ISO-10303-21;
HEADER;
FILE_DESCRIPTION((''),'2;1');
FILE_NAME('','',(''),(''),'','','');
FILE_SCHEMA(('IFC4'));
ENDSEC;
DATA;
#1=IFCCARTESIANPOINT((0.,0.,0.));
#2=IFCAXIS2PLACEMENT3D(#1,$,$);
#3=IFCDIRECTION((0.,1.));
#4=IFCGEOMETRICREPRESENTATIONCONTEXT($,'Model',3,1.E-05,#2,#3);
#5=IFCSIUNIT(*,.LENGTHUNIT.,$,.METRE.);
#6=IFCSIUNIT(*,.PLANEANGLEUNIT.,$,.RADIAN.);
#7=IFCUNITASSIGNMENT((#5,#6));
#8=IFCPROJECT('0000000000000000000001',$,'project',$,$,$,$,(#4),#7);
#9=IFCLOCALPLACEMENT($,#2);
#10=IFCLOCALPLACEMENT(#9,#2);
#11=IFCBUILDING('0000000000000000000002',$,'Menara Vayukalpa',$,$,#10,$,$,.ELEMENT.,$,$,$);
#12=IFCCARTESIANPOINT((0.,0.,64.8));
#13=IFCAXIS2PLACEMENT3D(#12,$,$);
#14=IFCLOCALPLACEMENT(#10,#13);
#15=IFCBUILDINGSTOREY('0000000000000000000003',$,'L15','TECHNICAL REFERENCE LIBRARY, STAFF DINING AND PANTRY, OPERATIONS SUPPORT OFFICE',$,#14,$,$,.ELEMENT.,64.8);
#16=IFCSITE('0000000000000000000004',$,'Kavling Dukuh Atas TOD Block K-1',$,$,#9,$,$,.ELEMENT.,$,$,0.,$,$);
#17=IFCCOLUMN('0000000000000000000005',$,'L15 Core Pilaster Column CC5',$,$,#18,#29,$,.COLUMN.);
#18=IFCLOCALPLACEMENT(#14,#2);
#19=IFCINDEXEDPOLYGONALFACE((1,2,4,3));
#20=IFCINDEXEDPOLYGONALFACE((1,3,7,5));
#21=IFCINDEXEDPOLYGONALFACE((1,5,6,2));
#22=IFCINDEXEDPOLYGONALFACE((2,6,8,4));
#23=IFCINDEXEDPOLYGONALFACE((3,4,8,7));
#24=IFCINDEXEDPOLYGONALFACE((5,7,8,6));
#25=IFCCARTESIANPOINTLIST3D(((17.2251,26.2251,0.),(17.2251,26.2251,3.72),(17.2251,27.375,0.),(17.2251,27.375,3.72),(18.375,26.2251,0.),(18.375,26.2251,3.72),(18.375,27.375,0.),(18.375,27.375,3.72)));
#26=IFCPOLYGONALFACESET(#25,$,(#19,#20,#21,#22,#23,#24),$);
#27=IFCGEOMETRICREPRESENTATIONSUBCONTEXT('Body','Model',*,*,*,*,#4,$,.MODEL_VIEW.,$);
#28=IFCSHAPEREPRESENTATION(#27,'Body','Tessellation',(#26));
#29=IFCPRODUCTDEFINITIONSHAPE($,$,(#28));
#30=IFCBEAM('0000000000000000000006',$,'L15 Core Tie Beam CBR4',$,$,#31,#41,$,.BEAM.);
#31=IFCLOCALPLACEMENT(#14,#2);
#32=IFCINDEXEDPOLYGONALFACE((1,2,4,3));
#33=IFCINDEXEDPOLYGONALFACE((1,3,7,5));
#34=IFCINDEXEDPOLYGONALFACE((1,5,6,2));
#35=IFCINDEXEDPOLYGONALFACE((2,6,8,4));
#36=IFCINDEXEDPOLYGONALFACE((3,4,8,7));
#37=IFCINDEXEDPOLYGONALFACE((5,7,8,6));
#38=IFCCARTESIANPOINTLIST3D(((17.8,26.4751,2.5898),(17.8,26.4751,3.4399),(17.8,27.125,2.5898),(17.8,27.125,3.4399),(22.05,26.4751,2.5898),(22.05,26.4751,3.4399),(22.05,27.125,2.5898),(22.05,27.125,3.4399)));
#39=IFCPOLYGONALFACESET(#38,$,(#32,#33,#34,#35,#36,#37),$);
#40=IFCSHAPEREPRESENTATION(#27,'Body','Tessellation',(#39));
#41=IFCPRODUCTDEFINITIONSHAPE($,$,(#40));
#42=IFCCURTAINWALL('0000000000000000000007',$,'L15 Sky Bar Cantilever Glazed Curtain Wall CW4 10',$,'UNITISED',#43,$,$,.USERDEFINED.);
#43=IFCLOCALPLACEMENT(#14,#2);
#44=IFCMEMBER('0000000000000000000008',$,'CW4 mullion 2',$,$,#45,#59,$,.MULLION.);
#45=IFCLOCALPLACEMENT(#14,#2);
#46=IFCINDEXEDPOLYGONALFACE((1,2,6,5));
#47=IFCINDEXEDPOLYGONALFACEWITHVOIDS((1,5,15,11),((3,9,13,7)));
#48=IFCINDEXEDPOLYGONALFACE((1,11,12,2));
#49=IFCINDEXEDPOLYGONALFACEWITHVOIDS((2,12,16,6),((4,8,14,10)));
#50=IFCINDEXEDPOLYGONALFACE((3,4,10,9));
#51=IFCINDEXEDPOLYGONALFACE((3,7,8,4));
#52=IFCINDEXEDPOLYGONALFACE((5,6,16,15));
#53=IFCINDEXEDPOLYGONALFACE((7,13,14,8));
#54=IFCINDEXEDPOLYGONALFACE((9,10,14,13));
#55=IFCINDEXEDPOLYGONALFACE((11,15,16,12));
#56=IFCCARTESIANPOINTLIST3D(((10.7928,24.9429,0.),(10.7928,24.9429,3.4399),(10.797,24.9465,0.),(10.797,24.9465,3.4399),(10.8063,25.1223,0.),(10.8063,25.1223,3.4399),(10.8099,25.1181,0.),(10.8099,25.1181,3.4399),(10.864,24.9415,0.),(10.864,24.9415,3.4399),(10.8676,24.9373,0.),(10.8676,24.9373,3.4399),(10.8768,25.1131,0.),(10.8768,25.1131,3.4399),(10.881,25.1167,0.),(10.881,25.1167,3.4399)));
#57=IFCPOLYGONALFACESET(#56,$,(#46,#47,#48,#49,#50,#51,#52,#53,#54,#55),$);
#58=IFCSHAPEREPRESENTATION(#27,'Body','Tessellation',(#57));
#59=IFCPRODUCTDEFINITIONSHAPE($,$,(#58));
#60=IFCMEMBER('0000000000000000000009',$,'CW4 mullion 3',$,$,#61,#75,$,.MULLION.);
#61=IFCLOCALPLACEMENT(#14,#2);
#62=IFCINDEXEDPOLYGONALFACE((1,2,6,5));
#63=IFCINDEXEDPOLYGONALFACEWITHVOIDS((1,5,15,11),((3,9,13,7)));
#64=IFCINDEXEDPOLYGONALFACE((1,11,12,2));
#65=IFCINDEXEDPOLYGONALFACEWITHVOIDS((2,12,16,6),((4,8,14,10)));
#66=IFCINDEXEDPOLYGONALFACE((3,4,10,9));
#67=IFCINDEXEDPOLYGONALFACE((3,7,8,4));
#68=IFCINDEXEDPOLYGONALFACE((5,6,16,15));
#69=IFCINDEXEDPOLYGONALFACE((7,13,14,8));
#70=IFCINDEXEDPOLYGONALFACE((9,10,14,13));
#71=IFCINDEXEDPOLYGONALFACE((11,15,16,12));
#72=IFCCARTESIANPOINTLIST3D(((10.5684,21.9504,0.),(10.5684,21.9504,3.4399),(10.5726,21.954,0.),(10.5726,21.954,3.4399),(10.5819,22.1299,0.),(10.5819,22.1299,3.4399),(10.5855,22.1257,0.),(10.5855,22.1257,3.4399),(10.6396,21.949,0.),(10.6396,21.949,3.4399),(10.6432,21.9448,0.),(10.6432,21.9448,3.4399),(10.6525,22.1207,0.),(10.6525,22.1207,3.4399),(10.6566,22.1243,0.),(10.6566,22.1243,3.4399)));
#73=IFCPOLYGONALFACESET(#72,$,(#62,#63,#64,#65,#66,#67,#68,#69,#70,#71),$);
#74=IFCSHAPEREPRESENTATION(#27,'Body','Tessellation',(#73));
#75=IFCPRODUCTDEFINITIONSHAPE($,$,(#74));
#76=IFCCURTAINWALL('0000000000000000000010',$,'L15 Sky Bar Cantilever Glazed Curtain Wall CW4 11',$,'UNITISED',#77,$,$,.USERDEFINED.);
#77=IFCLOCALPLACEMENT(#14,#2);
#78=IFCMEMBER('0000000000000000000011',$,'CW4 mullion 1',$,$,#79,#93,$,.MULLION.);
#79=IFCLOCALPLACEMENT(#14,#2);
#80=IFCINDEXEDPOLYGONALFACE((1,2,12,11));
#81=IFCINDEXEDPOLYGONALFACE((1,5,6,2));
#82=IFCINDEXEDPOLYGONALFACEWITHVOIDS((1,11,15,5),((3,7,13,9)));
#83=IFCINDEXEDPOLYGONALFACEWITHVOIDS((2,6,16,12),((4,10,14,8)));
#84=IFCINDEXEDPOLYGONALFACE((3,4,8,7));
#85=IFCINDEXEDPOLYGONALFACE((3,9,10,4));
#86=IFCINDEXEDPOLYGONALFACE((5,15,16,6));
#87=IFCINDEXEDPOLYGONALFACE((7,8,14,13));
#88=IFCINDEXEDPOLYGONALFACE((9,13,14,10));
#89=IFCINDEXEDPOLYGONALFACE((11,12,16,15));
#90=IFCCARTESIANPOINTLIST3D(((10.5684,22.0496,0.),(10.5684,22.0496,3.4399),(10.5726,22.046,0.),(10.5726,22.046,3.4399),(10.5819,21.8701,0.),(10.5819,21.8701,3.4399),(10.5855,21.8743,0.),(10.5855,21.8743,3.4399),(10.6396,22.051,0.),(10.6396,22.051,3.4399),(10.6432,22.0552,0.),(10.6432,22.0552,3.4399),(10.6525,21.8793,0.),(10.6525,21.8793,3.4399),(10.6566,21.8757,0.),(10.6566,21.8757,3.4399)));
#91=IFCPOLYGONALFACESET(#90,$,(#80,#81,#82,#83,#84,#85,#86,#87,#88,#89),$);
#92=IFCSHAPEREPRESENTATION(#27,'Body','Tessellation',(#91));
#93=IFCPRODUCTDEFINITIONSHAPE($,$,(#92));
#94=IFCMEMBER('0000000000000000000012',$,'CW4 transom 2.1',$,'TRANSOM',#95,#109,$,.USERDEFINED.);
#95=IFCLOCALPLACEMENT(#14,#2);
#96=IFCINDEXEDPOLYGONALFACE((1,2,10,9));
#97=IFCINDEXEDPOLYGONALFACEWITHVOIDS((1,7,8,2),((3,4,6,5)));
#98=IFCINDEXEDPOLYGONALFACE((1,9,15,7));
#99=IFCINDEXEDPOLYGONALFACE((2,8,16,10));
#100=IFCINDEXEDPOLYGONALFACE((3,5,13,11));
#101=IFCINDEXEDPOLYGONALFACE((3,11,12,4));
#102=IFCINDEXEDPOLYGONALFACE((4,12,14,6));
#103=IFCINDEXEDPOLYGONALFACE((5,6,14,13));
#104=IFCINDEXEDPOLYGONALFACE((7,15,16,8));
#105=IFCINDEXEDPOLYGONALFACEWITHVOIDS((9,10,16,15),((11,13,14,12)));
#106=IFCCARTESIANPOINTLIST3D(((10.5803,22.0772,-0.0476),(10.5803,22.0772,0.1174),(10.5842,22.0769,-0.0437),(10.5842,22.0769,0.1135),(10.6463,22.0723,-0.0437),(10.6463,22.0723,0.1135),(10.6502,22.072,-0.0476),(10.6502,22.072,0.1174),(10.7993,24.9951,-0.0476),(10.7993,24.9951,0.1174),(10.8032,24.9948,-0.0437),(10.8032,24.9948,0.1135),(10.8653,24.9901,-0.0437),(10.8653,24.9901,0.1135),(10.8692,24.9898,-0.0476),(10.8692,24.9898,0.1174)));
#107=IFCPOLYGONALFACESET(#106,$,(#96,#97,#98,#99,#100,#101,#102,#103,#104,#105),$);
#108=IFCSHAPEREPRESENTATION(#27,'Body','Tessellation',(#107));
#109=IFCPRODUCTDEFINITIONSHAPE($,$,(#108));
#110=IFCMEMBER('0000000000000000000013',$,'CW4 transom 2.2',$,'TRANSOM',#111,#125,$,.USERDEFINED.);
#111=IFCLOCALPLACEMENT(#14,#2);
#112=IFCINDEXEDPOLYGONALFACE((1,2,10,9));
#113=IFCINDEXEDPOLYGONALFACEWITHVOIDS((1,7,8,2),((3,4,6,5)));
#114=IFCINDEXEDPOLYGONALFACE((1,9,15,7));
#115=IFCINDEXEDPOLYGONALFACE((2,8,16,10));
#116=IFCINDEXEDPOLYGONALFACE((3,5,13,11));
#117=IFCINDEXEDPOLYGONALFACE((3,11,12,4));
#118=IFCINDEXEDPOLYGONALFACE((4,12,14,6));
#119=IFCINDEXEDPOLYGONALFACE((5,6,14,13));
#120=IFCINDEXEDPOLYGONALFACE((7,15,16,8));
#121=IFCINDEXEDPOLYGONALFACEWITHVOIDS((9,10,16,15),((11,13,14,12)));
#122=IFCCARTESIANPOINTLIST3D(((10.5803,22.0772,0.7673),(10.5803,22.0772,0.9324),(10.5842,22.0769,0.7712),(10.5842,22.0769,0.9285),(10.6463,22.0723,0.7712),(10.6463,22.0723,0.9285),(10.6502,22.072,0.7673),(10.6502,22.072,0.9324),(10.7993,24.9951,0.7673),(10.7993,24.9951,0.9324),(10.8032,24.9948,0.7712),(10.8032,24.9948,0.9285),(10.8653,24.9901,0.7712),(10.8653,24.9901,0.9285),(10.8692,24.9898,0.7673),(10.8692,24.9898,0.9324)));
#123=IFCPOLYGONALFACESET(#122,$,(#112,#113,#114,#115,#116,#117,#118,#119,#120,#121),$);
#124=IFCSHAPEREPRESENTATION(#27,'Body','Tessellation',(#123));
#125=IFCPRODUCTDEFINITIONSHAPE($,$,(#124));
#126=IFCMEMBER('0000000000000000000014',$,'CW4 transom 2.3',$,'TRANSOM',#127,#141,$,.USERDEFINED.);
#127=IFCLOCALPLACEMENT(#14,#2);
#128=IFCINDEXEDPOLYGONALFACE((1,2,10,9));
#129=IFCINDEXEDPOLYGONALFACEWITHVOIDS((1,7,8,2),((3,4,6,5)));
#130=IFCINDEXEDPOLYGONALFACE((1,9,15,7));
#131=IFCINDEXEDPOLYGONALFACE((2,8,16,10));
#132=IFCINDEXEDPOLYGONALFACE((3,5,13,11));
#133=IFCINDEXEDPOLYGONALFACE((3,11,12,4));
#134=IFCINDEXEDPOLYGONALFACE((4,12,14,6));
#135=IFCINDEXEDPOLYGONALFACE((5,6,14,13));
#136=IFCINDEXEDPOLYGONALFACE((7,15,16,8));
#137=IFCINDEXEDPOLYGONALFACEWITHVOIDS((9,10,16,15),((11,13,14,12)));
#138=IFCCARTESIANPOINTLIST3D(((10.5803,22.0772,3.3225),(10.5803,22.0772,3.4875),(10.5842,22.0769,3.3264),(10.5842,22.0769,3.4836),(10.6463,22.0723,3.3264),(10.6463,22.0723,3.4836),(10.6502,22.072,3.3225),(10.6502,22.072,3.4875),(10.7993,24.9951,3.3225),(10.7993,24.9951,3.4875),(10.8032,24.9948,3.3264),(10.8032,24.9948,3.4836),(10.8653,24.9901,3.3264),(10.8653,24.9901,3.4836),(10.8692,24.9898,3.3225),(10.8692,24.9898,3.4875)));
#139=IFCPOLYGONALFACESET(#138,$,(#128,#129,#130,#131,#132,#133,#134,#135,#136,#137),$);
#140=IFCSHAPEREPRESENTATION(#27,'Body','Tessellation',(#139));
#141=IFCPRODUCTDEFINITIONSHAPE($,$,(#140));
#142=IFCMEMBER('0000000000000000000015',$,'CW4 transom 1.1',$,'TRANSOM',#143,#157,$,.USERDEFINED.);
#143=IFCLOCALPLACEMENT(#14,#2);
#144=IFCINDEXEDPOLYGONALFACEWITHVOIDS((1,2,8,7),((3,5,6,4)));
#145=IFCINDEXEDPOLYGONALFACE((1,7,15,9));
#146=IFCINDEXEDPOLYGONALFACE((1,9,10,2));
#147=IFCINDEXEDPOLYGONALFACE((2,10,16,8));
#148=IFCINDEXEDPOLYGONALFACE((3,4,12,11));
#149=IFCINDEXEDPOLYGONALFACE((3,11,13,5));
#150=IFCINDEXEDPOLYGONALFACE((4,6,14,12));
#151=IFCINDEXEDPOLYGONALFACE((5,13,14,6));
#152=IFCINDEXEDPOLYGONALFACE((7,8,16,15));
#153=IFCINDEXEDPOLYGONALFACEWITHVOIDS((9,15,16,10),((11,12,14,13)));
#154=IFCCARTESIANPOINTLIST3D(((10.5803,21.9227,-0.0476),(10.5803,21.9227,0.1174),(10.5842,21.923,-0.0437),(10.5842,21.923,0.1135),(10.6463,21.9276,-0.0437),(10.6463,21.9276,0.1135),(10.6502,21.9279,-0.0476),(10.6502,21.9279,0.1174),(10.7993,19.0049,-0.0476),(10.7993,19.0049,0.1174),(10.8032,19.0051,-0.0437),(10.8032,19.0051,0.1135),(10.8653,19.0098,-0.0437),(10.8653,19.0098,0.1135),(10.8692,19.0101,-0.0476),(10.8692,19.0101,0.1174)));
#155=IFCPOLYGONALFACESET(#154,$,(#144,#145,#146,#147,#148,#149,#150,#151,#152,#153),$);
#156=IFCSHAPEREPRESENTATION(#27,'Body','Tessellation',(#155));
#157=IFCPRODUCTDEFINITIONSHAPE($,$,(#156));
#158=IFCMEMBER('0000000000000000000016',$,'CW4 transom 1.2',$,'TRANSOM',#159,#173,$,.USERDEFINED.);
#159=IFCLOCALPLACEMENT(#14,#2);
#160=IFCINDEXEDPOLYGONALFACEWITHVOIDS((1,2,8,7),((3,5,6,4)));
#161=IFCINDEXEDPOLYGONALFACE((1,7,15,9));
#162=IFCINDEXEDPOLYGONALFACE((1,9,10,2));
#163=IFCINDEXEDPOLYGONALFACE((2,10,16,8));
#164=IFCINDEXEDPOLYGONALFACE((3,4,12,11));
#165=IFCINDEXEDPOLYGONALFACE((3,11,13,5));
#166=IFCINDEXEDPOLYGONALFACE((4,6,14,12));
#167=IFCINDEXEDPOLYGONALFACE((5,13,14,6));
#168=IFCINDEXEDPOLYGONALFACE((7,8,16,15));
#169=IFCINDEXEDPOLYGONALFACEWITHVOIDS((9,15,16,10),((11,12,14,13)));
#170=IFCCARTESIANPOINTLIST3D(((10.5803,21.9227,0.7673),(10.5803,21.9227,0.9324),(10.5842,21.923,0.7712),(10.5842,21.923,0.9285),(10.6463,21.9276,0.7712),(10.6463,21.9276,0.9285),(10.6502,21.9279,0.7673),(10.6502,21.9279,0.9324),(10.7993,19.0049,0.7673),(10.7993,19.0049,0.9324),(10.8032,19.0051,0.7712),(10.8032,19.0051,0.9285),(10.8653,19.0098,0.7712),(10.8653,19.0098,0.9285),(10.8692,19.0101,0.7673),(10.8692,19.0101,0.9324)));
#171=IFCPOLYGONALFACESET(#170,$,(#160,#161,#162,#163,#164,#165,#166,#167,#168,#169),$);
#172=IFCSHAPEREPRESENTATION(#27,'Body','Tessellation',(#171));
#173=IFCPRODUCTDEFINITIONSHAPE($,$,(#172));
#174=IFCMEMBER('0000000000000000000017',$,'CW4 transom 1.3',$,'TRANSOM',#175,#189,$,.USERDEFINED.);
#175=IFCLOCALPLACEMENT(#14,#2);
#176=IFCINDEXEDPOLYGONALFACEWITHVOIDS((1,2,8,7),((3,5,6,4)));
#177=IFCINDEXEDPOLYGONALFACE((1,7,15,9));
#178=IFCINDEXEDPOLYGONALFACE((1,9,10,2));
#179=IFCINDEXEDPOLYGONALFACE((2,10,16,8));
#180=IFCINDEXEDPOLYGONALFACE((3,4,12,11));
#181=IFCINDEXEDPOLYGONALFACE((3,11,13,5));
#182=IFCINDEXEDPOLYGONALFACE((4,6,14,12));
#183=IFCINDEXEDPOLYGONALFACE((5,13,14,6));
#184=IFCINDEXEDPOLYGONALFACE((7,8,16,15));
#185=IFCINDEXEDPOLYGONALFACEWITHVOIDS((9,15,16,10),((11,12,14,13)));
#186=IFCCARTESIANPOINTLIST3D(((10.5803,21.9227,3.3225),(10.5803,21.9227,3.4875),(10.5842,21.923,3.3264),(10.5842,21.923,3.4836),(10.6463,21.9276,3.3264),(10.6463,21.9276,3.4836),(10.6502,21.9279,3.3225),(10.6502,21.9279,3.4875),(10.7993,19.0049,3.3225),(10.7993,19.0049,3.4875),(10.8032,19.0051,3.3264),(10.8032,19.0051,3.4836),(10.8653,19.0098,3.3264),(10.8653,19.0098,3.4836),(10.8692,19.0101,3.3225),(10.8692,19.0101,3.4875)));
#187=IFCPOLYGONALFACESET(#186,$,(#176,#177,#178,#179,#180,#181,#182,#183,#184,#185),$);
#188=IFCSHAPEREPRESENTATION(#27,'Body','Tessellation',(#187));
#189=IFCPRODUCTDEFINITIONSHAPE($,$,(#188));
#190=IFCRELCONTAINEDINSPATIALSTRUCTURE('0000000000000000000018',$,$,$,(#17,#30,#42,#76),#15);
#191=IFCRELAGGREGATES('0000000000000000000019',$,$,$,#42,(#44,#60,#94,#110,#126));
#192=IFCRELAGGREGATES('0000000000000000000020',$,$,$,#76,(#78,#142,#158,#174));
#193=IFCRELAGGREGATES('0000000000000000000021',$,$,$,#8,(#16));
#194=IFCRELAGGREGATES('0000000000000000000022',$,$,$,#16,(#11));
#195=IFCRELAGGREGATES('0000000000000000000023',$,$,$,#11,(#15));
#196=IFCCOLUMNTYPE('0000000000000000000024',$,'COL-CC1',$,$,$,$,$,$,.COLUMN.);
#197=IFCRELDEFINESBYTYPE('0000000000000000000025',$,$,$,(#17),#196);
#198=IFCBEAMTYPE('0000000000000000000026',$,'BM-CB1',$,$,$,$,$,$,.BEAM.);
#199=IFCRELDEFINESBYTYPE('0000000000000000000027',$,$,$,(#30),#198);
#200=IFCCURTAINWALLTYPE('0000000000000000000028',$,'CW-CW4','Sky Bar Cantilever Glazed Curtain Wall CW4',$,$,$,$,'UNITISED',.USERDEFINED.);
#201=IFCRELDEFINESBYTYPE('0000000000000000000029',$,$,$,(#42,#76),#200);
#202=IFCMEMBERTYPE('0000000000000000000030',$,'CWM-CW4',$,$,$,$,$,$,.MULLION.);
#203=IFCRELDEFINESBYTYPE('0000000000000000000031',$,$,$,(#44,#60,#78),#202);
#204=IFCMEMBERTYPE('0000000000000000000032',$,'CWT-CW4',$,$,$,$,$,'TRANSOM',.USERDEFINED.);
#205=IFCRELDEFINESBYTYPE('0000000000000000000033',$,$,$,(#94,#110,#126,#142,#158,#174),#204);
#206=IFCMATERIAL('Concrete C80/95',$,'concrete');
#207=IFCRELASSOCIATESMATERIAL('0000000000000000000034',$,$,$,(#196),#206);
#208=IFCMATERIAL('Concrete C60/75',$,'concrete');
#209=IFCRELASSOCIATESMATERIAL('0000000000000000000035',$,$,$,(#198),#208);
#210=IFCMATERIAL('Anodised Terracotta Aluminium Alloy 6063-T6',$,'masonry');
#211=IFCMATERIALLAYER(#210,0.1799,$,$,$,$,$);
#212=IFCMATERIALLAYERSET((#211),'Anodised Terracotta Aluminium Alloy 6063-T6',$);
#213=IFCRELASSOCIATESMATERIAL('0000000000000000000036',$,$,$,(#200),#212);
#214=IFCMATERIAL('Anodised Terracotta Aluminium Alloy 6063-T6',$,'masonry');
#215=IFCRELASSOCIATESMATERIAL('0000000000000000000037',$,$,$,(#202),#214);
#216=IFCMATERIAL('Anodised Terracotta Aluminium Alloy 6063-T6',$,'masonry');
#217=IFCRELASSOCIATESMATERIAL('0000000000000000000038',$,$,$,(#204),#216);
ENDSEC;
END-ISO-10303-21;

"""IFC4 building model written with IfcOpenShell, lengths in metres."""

from ifc_helpers import new_model, si_unit, direction, frame, origin, origin_2d, place, context, subcontext, project, spatial, rectangle, hollow_rectangle, extrude, material, layer, layer_set, material_profile, profile_set, type_object, element, aggregate, save


model = new_model("IFC4")

# Units and contexts
model_context = context("Model", 3, precision=1e-05, world=origin(), true_north=direction((0.0, 1.0)))
body_context = subcontext(model_context, "Body", "Model", "MODEL_VIEW")
ifc_project = project(units=[si_unit("LENGTHUNIT", "METRE"), si_unit("PLANEANGLEUNIT", "RADIAN")], contexts=[model_context])

# Site, building, storey
site_placement = place(None, origin())
site = spatial("IfcSite", under=ifc_project, at=site_placement, Name="Kavling Dukuh Atas TOD Block K-1", CompositionType="ELEMENT", RefElevation=0.0)
building_placement = place(site_placement, origin())
building = spatial("IfcBuilding", under=site, at=building_placement, Name="Menara Vayukalpa", CompositionType="ELEMENT")
storey_placement = place(building_placement, frame((0.0, 0.0, 64.8)))
storey = spatial("IfcBuildingStorey", under=building, at=storey_placement, Name="L15", Description="TECHNICAL REFERENCE LIBRARY, STAFF DINING AND PANTRY, OPERATIONS SUPPORT OFFICE", CompositionType="ELEMENT", Elevation=64.8)

# Column
ifc_material_1 = material(Name="Concrete C80/95", Category="concrete")
ifc_material_profile_1 = material_profile(ifc_material_1, rectangle(XDim=1.1499, YDim=1.1499, at=origin_2d()), Name="RC 1150x1150")
ifc_profile_set_1 = profile_set([ifc_material_profile_1], Name="Concrete C80/95")
column_type = type_object("IfcColumnType", Name="COL-CC1", PredefinedType="COLUMN", material=ifc_profile_set_1)
column_placement = place(storey_placement, frame((17.8, 26.8, 0.0), z_axis=(0.0, 0.0, 1.0), x_axis=(1.0, 0.0, 0.0)))
element("IfcColumn", 1, at=column_placement, inside=storey, type_object=column_type, Name="L15 Core Pilaster Column CC5", PredefinedType="COLUMN", context=body_context, shape_type="SweptSolid", body=[
    extrude(rectangle(XDim=1.1499, YDim=1.1499, at=origin_2d()), origin(), (0.0, 0.0, 1.0), 3.72),
])

# Beam
ifc_material_2 = material(Name="Concrete C60/75", Category="concrete")
ifc_material_profile_2 = material_profile(ifc_material_2, rectangle(XDim=0.6499, YDim=0.8501, at=origin_2d()), Name="RC 650x850")
ifc_profile_set_2 = profile_set([ifc_material_profile_2], Name="Concrete C60/75")
beam_type = type_object("IfcBeamType", Name="BM-CB1", PredefinedType="BEAM", material=ifc_profile_set_2)
beam_placement = place(storey_placement, frame((17.8, 26.8, 3.0149), z_axis=(1.0, 0.0, 0.0), x_axis=(0.0, 1.0, 0.0)))
element("IfcBeam", 2, at=beam_placement, inside=storey, type_object=beam_type, Name="L15 Core Tie Beam CBR4", PredefinedType="BEAM", context=body_context, shape_type="SweptSolid", body=[
    extrude(rectangle(XDim=0.6499, YDim=0.8501, at=origin_2d()), origin(), (0.0, 0.0, 1.0), 4.25),
])

# Curtain wall, members
ifc_material_3 = material(Name="Anodised Terracotta Aluminium Alloy 6063-T6", Category="masonry")
ifc_layer_1 = layer(ifc_material_3, 0.1799)
ifc_layer_set_1 = layer_set([ifc_layer_1], Name="Anodised Terracotta Aluminium Alloy 6063-T6")
curtain_wall_type = type_object("IfcCurtainWallType", Name="CW-CW4", Description="Sky Bar Cantilever Glazed Curtain Wall CW4", ElementType="UNITISED", PredefinedType="USERDEFINED", material=ifc_layer_set_1)
curtain_wall_1_placement = place(storey_placement, origin())
curtain_wall_1 = element("IfcCurtainWall", 3, at=curtain_wall_1_placement, inside=storey, type_object=curtain_wall_type, Name="L15 Sky Bar Cantilever Glazed Curtain Wall CW4 10", ObjectType="UNITISED", PredefinedType="USERDEFINED")
ifc_material_4 = material(Name="Anodised Terracotta Aluminium Alloy 6063-T6", Category="masonry")
ifc_material_profile_3 = material_profile(ifc_material_4, hollow_rectangle(XDim=0.075, YDim=0.1799, WallThickness=0.0039, at=origin_2d()), Name="ALU 75x180x4")
ifc_profile_set_3 = profile_set([ifc_material_profile_3], Name="Anodised Terracotta Aluminium Alloy 6063-T6")
member_type_1 = type_object("IfcMemberType", Name="CWM-CW4", PredefinedType="MULLION", material=ifc_profile_set_3)
member_1_placement = place(storey_placement, frame((10.8369, 25.0298, 0.0), z_axis=(0.0, 0.0, 1.0), x_axis=(0.997199, -0.074795, 0.0)))
member_1 = element("IfcMember", 4, at=member_1_placement, type_object=member_type_1, Name="CW4 mullion 2", PredefinedType="MULLION", context=body_context, shape_type="SweptSolid", body=[
    extrude(hollow_rectangle(XDim=0.075, YDim=0.1799, WallThickness=0.0039, at=origin_2d()), origin(), (0.0, 0.0, 1.0), 3.4399),
])
member_2_placement = place(storey_placement, frame((10.6125, 22.0374, 0.0), z_axis=(0.0, 0.0, 1.0), x_axis=(0.997199, -0.074795, 0.0)))
member_2 = element("IfcMember", 5, at=member_2_placement, type_object=member_type_1, Name="CW4 mullion 3", PredefinedType="MULLION", context=body_context, shape_type="SweptSolid", body=[
    extrude(hollow_rectangle(XDim=0.075, YDim=0.1799, WallThickness=0.0039, at=origin_2d()), origin(), (0.0, 0.0, 1.0), 3.4399),
])

# Curtain wall, member
curtain_wall_2_placement = place(storey_placement, origin())
curtain_wall_2 = element("IfcCurtainWall", 6, at=curtain_wall_2_placement, inside=storey, type_object=curtain_wall_type, Name="L15 Sky Bar Cantilever Glazed Curtain Wall CW4 11", ObjectType="UNITISED", PredefinedType="USERDEFINED")
member_3_placement = place(storey_placement, frame((10.6125, 21.9626, 0.0), z_axis=(0.0, 0.0, 1.0), x_axis=(0.997199, 0.074795, 0.0)))
member_3 = element("IfcMember", 7, at=member_3_placement, type_object=member_type_1, Name="CW4 mullion 1", PredefinedType="MULLION", context=body_context, shape_type="SweptSolid", body=[
    extrude(hollow_rectangle(XDim=0.075, YDim=0.1799, WallThickness=0.0039, at=origin_2d()), origin(), (0.0, 0.0, 1.0), 3.4399),
])

# Members
ifc_material_5 = material(Name="Anodised Terracotta Aluminium Alloy 6063-T6", Category="masonry")
ifc_material_profile_4 = material_profile(ifc_material_5, hollow_rectangle(XDim=0.0701, YDim=0.165, WallThickness=0.0039, at=origin_2d()), Name="ALU 70x165x4")
ifc_profile_set_4 = profile_set([ifc_material_profile_4], Name="Anodised Terracotta Aluminium Alloy 6063-T6")
member_type_2 = type_object("IfcMemberType", Name="CWT-CW4", ElementType="TRANSOM", PredefinedType="USERDEFINED", material=ifc_profile_set_4)
member_4_placement = place(storey_placement, frame((10.8342, 24.9924, 0.0349), z_axis=(-0.074846, -0.997195, 0.0), x_axis=(0.997195, -0.074846, 0.0)))
member_4 = element("IfcMember", 8, at=member_4_placement, type_object=member_type_2, Name="CW4 transom 2.1", ObjectType="TRANSOM", PredefinedType="USERDEFINED", context=body_context, shape_type="SweptSolid", body=[
    extrude(hollow_rectangle(XDim=0.0701, YDim=0.165, WallThickness=0.0039, at=origin_2d()), origin(), (0.0, 0.0, 1.0), 2.926),
])
member_5_placement = place(storey_placement, frame((10.8342, 24.9924, 0.8499), z_axis=(-0.074846, -0.997195, 0.0), x_axis=(0.997195, -0.074846, 0.0)))
member_5 = element("IfcMember", 9, at=member_5_placement, type_object=member_type_2, Name="CW4 transom 2.2", ObjectType="TRANSOM", PredefinedType="USERDEFINED", context=body_context, shape_type="SweptSolid", body=[
    extrude(hollow_rectangle(XDim=0.0701, YDim=0.165, WallThickness=0.0039, at=origin_2d()), origin(), (0.0, 0.0, 1.0), 2.926),
])
member_6_placement = place(storey_placement, frame((10.8342, 24.9924, 3.405), z_axis=(-0.074846, -0.997195, 0.0), x_axis=(0.997195, -0.074846, 0.0)))
member_6 = element("IfcMember", 10, at=member_6_placement, type_object=member_type_2, Name="CW4 transom 2.3", ObjectType="TRANSOM", PredefinedType="USERDEFINED", context=body_context, shape_type="SweptSolid", body=[
    extrude(hollow_rectangle(XDim=0.0701, YDim=0.165, WallThickness=0.0039, at=origin_2d()), origin(), (0.0, 0.0, 1.0), 2.926),
])
member_7_placement = place(storey_placement, frame((10.6152, 21.9253, 0.0349), z_axis=(0.074846, -0.997195, 0.0), x_axis=(0.997195, 0.074846, 0.0)))
member_7 = element("IfcMember", 11, at=member_7_placement, type_object=member_type_2, Name="CW4 transom 1.1", ObjectType="TRANSOM", PredefinedType="USERDEFINED", context=body_context, shape_type="SweptSolid", body=[
    extrude(hollow_rectangle(XDim=0.0701, YDim=0.165, WallThickness=0.0039, at=origin_2d()), origin(), (0.0, 0.0, 1.0), 2.926),
])
member_8_placement = place(storey_placement, frame((10.6152, 21.9253, 0.8499), z_axis=(0.074846, -0.997195, 0.0), x_axis=(0.997195, 0.074846, 0.0)))
member_8 = element("IfcMember", 12, at=member_8_placement, type_object=member_type_2, Name="CW4 transom 1.2", ObjectType="TRANSOM", PredefinedType="USERDEFINED", context=body_context, shape_type="SweptSolid", body=[
    extrude(hollow_rectangle(XDim=0.0701, YDim=0.165, WallThickness=0.0039, at=origin_2d()), origin(), (0.0, 0.0, 1.0), 2.926),
])
member_9_placement = place(storey_placement, frame((10.6152, 21.9253, 3.405), z_axis=(0.074846, -0.997195, 0.0), x_axis=(0.997195, 0.074846, 0.0)))
member_9 = element("IfcMember", 13, at=member_9_placement, type_object=member_type_2, Name="CW4 transom 1.3", ObjectType="TRANSOM", PredefinedType="USERDEFINED", context=body_context, shape_type="SweptSolid", body=[
    extrude(hollow_rectangle(XDim=0.0701, YDim=0.165, WallThickness=0.0039, at=origin_2d()), origin(), (0.0, 0.0, 1.0), 2.926),
])

aggregate(curtain_wall_1, [member_1, member_2, member_4, member_5, member_6])
aggregate(curtain_wall_2, [member_3, member_7, member_8, member_9])

save(model, "model.ifc")
